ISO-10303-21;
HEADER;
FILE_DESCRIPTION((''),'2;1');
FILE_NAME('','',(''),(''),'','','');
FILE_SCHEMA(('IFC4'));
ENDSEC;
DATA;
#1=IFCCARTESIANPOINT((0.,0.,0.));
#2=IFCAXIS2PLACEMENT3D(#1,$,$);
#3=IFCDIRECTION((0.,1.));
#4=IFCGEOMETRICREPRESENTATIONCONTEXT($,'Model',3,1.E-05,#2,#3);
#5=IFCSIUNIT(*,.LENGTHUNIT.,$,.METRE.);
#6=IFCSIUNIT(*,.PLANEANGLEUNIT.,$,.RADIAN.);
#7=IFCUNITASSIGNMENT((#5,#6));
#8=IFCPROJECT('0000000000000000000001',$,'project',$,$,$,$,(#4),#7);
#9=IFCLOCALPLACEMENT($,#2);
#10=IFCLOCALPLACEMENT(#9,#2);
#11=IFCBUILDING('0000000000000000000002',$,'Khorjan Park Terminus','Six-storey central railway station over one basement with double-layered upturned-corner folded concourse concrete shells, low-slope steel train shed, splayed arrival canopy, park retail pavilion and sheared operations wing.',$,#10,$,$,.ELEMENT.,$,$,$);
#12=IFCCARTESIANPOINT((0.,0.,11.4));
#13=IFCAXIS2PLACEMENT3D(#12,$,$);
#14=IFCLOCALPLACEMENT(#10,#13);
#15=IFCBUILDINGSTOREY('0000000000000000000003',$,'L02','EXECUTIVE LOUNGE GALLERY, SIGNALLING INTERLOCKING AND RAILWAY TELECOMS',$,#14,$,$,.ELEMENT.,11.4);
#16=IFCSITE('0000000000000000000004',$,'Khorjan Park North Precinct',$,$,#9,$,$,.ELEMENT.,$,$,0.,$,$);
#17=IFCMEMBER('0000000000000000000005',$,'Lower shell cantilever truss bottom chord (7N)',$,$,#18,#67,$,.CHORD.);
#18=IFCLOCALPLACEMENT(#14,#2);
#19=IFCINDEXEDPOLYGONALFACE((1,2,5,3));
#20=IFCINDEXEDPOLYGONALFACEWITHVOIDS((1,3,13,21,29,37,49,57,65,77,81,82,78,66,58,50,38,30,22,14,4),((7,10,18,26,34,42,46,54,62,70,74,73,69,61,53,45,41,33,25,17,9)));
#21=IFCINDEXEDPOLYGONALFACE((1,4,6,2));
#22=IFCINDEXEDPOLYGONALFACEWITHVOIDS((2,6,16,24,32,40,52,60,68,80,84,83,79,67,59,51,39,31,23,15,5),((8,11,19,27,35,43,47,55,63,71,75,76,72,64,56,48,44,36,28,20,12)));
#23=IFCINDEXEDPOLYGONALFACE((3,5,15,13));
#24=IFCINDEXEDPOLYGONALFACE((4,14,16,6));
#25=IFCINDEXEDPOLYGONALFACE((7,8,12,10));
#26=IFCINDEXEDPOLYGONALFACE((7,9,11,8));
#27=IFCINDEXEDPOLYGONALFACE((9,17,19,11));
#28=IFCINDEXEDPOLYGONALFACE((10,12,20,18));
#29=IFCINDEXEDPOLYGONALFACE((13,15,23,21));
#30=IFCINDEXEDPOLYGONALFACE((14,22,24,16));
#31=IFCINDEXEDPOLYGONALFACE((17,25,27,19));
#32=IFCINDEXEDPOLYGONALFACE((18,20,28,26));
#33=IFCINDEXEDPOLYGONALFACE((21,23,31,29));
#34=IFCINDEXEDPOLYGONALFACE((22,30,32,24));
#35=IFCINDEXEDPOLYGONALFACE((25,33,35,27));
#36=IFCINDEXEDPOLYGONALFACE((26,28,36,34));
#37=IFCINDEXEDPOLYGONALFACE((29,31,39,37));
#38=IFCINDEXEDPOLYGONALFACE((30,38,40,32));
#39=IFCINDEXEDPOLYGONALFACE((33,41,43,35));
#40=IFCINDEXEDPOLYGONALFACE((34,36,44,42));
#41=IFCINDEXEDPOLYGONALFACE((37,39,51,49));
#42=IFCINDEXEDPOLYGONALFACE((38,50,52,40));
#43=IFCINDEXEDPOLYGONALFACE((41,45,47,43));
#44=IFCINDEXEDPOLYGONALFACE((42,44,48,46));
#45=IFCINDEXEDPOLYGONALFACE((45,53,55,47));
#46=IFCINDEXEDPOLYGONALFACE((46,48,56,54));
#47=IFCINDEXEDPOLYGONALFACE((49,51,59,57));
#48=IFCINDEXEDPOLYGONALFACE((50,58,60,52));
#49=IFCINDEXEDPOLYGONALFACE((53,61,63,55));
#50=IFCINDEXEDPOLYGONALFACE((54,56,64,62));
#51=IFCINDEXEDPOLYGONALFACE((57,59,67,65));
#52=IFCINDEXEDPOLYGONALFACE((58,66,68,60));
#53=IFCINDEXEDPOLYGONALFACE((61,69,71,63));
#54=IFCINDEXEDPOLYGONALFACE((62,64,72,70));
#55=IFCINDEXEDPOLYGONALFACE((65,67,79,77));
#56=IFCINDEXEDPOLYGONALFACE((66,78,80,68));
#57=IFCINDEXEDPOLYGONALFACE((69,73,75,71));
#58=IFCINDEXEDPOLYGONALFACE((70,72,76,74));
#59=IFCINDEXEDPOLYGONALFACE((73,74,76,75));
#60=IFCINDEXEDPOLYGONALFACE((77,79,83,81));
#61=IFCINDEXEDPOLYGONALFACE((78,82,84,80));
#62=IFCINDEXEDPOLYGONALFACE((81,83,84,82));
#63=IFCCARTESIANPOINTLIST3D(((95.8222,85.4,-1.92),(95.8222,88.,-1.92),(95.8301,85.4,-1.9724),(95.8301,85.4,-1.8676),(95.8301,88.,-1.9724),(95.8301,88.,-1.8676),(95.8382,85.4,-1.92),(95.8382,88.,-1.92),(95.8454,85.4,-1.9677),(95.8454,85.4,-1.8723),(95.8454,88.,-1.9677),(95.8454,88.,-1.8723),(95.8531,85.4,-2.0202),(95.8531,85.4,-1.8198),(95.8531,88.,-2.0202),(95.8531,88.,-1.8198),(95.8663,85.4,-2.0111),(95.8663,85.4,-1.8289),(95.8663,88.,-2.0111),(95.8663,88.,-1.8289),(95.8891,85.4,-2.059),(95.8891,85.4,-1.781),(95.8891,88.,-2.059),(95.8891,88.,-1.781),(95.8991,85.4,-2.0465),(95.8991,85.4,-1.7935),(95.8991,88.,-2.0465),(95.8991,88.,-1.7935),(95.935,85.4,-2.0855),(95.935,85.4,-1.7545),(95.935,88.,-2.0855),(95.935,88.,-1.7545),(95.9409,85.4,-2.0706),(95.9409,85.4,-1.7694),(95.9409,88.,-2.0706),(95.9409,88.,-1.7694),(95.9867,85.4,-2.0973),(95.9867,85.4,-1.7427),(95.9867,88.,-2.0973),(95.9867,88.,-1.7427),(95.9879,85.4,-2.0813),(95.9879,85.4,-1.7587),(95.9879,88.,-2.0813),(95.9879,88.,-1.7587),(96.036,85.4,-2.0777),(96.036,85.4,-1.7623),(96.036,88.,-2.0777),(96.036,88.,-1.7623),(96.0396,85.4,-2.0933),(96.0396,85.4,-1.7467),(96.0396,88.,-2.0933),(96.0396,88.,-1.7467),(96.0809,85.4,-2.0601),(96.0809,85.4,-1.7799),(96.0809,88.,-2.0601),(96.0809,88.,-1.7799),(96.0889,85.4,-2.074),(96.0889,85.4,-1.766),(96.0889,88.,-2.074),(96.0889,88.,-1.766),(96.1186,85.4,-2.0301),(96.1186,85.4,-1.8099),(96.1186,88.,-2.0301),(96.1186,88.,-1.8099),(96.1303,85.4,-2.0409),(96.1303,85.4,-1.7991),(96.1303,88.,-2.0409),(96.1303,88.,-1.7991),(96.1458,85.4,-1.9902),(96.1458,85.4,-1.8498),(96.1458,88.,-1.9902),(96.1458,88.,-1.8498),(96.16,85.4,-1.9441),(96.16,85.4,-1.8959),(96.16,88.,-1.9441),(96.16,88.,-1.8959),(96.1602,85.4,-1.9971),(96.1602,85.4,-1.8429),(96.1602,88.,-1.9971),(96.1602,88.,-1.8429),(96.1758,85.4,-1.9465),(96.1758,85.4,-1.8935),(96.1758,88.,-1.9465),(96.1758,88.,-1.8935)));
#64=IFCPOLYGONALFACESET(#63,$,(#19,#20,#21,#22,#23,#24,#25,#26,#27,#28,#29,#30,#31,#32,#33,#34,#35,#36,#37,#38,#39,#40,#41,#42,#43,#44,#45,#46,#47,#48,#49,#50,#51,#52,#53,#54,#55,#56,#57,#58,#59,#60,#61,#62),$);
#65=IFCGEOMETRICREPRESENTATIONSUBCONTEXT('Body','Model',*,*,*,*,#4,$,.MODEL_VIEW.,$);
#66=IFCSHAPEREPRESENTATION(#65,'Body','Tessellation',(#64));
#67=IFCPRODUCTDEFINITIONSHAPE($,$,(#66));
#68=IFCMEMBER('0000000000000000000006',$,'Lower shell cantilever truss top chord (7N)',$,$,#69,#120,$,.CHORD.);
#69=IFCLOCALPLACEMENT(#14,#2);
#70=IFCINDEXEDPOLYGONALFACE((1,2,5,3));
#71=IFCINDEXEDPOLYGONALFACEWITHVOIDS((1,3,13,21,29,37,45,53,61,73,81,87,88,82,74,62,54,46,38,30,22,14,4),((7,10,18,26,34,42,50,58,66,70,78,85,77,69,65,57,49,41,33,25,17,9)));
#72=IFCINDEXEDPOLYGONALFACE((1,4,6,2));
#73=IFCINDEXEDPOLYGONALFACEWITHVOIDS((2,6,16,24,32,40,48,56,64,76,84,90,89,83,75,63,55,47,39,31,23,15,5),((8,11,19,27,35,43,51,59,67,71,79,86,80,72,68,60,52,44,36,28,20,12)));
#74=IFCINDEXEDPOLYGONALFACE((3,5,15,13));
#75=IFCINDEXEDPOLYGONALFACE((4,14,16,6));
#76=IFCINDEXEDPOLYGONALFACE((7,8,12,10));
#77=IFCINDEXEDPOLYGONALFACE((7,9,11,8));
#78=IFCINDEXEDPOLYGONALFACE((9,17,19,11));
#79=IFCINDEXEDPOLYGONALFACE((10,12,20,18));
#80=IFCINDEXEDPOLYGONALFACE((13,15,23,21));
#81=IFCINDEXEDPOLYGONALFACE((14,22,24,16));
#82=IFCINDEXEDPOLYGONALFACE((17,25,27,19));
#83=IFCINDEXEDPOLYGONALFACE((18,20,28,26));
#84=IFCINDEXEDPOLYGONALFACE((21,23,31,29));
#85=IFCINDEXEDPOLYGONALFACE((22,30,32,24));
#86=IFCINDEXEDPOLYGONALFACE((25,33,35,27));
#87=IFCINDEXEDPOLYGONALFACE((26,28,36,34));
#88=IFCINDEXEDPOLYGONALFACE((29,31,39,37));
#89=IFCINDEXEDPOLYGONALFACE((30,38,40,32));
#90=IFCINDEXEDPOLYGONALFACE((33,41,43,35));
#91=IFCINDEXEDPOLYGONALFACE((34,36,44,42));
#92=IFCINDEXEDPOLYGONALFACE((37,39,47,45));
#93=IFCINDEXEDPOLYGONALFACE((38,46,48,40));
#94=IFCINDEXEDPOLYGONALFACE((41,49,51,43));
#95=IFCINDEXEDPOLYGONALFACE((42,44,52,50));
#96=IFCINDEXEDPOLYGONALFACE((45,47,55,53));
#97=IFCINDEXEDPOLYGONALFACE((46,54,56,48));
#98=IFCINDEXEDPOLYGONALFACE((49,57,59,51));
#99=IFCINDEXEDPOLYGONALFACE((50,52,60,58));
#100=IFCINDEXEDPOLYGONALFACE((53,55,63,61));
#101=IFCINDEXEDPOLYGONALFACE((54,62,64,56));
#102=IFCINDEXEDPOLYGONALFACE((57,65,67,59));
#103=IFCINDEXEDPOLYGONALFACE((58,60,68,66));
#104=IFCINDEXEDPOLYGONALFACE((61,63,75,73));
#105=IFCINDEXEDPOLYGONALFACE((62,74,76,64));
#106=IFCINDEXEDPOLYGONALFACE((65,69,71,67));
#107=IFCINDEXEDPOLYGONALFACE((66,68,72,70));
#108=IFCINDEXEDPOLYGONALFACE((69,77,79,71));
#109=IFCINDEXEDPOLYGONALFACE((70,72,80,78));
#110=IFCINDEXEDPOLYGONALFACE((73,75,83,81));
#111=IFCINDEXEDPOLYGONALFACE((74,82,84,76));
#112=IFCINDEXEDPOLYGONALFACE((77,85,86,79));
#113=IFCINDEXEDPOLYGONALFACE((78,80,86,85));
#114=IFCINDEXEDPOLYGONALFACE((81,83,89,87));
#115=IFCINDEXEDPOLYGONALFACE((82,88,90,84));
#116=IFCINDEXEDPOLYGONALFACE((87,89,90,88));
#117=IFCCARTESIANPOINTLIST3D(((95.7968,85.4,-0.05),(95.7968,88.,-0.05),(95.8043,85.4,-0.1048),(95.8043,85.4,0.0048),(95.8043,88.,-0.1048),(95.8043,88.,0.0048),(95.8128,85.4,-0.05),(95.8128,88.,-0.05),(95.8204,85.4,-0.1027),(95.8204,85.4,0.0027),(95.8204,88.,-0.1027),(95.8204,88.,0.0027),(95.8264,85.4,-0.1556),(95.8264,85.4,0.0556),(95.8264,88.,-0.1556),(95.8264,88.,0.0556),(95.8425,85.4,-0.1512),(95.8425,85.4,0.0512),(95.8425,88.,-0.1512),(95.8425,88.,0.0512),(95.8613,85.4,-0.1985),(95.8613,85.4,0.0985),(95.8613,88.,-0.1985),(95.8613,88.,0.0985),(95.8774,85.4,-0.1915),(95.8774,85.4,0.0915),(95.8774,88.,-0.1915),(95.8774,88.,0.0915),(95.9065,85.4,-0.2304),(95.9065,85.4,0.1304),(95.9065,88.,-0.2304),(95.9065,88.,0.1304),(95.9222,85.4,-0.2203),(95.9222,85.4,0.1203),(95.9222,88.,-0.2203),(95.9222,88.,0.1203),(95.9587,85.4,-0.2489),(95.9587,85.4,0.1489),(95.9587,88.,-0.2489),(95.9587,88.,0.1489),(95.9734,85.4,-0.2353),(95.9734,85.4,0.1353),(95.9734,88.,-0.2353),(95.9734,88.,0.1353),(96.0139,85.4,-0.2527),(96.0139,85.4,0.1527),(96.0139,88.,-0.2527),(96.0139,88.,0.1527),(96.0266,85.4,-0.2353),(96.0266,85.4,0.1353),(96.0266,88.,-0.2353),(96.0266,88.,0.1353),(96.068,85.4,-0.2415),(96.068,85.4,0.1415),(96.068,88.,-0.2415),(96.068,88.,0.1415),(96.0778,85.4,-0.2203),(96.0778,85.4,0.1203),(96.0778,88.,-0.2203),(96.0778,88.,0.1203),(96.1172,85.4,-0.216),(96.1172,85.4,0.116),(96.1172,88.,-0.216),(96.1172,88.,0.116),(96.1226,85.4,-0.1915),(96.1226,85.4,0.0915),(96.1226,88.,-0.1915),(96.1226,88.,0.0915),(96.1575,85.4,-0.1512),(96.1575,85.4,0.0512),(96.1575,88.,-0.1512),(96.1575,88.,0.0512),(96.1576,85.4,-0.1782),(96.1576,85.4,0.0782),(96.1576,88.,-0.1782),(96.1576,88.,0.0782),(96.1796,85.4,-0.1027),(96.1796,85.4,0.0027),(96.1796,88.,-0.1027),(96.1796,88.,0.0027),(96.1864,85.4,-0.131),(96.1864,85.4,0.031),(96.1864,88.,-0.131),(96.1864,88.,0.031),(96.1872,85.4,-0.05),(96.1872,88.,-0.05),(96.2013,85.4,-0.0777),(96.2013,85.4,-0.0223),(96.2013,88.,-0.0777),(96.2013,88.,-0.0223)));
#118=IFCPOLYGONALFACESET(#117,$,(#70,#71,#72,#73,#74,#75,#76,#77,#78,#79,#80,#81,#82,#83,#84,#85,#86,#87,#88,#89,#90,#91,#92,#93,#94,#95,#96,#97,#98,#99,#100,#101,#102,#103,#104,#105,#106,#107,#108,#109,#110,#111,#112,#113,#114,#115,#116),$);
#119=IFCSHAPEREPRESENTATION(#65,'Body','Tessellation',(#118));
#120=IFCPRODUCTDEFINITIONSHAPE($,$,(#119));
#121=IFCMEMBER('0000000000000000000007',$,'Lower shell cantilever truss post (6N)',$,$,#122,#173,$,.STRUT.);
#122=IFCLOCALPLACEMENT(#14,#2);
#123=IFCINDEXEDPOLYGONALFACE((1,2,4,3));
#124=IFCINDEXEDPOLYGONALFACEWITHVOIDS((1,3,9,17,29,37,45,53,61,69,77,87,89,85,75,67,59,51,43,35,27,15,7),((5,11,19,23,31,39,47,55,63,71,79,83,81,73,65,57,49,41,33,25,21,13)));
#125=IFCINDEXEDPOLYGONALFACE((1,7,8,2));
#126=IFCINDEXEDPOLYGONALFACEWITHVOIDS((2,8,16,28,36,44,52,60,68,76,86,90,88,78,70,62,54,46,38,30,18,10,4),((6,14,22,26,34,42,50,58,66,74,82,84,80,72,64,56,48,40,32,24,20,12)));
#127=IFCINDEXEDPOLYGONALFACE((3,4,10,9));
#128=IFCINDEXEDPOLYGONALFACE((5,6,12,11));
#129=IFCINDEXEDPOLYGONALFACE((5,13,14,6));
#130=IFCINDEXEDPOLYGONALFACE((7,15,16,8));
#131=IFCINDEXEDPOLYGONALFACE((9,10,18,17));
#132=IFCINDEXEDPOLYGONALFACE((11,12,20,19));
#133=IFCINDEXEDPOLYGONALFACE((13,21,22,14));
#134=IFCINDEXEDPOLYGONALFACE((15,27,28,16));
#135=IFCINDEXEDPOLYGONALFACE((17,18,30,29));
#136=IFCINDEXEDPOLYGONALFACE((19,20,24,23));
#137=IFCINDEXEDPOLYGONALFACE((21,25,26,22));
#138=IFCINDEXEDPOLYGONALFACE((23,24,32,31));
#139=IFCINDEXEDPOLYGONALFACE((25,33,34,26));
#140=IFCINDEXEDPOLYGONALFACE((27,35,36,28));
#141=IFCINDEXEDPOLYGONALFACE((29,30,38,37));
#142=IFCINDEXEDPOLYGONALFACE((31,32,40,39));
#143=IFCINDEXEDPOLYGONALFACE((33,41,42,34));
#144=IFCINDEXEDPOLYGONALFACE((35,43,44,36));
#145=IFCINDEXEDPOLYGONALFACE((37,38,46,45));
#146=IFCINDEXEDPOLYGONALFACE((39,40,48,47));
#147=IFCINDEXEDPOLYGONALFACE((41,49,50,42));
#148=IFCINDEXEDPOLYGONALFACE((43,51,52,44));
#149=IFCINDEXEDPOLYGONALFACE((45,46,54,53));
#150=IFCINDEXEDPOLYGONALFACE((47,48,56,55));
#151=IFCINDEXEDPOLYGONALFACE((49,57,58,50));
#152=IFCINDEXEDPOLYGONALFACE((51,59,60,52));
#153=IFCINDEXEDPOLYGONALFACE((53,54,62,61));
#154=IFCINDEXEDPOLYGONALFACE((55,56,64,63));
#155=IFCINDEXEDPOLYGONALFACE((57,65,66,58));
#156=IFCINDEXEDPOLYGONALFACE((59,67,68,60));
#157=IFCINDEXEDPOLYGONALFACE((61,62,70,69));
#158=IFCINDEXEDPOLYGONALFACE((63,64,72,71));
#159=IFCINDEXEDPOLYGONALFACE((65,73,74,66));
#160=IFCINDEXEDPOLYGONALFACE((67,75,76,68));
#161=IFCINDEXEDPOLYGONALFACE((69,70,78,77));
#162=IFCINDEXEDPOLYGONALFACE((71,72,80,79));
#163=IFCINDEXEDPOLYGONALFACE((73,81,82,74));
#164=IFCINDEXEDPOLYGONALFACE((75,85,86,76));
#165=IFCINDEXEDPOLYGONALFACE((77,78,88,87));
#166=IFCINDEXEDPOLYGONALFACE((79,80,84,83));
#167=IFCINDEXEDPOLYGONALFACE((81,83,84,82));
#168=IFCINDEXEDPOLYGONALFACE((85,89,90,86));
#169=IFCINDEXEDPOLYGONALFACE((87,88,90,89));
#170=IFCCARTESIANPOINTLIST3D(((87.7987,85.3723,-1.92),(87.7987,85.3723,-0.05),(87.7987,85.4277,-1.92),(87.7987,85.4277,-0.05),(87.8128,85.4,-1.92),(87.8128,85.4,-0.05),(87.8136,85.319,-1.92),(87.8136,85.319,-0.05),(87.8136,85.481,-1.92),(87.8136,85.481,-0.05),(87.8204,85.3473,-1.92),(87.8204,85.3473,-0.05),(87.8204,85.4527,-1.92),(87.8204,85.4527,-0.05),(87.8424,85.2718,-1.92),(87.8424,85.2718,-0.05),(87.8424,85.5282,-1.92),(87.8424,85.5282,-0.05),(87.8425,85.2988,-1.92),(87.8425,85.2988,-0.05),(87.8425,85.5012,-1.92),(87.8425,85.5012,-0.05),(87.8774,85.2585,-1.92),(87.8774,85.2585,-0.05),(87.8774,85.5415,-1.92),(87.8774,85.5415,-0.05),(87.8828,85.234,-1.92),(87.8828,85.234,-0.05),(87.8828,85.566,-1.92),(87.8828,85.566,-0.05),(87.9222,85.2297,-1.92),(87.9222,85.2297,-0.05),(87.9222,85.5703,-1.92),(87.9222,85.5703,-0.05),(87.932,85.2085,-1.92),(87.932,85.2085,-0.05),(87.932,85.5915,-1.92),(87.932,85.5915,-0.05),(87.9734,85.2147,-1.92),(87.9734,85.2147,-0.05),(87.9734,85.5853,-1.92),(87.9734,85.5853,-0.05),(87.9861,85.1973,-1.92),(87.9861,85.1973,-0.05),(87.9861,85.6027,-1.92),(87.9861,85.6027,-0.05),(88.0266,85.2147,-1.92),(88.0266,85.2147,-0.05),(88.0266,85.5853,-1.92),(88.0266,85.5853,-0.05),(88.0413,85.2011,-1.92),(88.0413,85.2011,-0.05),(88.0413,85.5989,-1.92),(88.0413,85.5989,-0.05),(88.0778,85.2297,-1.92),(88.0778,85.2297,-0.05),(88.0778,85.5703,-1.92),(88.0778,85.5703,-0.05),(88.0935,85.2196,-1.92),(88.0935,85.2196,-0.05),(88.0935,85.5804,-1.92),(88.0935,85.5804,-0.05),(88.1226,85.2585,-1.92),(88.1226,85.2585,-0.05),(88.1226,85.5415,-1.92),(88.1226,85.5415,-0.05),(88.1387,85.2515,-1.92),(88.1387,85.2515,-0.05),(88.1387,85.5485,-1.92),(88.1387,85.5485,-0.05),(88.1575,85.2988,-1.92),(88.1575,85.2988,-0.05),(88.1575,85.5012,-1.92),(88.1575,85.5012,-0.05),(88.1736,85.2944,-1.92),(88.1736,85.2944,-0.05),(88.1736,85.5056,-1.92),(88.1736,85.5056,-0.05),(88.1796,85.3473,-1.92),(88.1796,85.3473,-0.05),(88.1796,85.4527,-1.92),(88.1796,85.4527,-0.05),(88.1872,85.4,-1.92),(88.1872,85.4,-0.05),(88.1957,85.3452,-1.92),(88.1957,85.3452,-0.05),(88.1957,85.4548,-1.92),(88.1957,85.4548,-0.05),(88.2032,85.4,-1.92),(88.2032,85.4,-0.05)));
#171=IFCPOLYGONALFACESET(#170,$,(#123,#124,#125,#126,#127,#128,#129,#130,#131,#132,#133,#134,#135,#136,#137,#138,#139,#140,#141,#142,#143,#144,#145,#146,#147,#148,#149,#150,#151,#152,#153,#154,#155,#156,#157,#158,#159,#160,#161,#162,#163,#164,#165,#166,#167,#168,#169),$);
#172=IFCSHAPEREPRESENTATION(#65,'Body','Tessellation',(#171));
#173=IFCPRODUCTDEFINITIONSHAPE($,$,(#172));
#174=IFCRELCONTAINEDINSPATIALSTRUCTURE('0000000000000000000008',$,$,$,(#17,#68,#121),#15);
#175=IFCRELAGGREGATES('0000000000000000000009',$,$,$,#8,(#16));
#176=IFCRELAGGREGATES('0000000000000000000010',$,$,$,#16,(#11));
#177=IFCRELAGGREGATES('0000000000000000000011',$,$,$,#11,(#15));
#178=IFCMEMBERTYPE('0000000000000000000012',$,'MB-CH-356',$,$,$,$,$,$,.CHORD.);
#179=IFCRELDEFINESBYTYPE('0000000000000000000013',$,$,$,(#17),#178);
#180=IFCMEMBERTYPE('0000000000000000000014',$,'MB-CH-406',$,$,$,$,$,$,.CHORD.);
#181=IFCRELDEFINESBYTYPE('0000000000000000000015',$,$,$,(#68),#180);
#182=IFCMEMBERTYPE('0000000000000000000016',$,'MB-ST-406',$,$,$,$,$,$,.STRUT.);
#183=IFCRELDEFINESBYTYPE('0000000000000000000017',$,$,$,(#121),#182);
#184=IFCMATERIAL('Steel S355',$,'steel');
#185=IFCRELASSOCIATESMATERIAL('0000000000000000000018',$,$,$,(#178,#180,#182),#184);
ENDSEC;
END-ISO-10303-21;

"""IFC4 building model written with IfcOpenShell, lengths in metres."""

from ifc_helpers import new_model, si_unit, direction, frame, origin, origin_2d, place, context, subcontext, project, spatial, hollow_circle, extrude, material, material_profile, profile_set, type_object, element, save


model = new_model("IFC4")

# Units and contexts
model_context = context("Model", 3, precision=1e-05, world=origin(), true_north=direction((0.0, 1.0)))
body_context = subcontext(model_context, "Body", "Model", "MODEL_VIEW")
ifc_project = project(units=[si_unit("LENGTHUNIT", "METRE"), si_unit("PLANEANGLEUNIT", "RADIAN")], contexts=[model_context])

# Site, building, storey
site_placement = place(None, origin())
site = spatial("IfcSite", under=ifc_project, at=site_placement, Name="Khorjan Park North Precinct", CompositionType="ELEMENT", RefElevation=0.0)
building_placement = place(site_placement, origin())
building = spatial("IfcBuilding", under=site, at=building_placement, Name="Khorjan Park Terminus", Description="Six-storey central railway station over one basement with double-layered upturned-corner folded concourse concrete shells, low-slope steel train shed, splayed arrival canopy, park retail pavilion and sheared operations wing.", CompositionType="ELEMENT")
storey_placement = place(building_placement, frame((0.0, 0.0, 11.4)))
storey = spatial("IfcBuildingStorey", under=building, at=storey_placement, Name="L02", Description="EXECUTIVE LOUNGE GALLERY, SIGNALLING INTERLOCKING AND RAILWAY TELECOMS", CompositionType="ELEMENT", Elevation=11.4)

# Members
ifc_material_1 = material(Name="Steel S355", Category="steel")
ifc_material_profile_1 = material_profile(ifc_material_1, hollow_circle(Radius=0.1778, WallThickness=0.016, at=origin_2d()), Name="CHS 355.6x16")
ifc_profile_set_1 = profile_set([ifc_material_profile_1], Name="Steel S355")
member_type_1 = type_object("IfcMemberType", Name="MB-CH-356", PredefinedType="CHORD", material=ifc_profile_set_1)
for number, where, z_axis, x_axis, name in (
    (1, (96.0, 85.4, -1.92), (0.0, 1.0, 0.0), (-1.0, 0.0, 0.0), "Lower shell cantilever truss bottom chord (7N)"),
):
    element("IfcMember", number, at=place(storey_placement, frame(where, z_axis=z_axis, x_axis=x_axis)), inside=storey, type_object=member_type_1, Name=name, PredefinedType="CHORD", context=body_context, shape_type="SweptSolid", body=[
        extrude(hollow_circle(Radius=0.1778, WallThickness=0.016, at=origin_2d()), origin(), (0.0, 0.0, 1.0), 2.6),
    ])
ifc_material_profile_2 = material_profile(ifc_material_1, hollow_circle(Radius=0.2032, WallThickness=0.016, at=origin_2d()), Name="CHS 406.4x16")
ifc_profile_set_2 = profile_set([ifc_material_profile_2], Name="Steel S355")
member_type_2 = type_object("IfcMemberType", Name="MB-CH-406", PredefinedType="CHORD", material=ifc_profile_set_2)
member_1_placement = place(storey_placement, frame((96.0, 85.4, -0.05), z_axis=(0.0, 1.0, 0.0), x_axis=(-1.0, 0.0, 0.0)))
element("IfcMember", 2, at=member_1_placement, inside=storey, type_object=member_type_2, Name="Lower shell cantilever truss top chord (7N)", PredefinedType="CHORD", context=body_context, shape_type="SweptSolid", body=[
    extrude(hollow_circle(Radius=0.2032, WallThickness=0.016, at=origin_2d()), origin(), (0.0, 0.0, 1.0), 2.6),
])
ifc_material_profile_3 = material_profile(ifc_material_1, hollow_circle(Radius=0.2032, WallThickness=0.016, at=origin_2d()), Name="CHS 406.4x16")
ifc_profile_set_3 = profile_set([ifc_material_profile_3], Name="Steel S355")
member_type_3 = type_object("IfcMemberType", Name="MB-ST-406", PredefinedType="STRUT", material=ifc_profile_set_3)
for number, where, z_axis, x_axis, name in (
    (3, (88.0, 85.4, -1.92), (0.0, 0.0, 1.0), (1.0, 0.0, 0.0), "Lower shell cantilever truss post (6N)"),
):
    element("IfcMember", number, at=place(storey_placement, frame(where, z_axis=z_axis, x_axis=x_axis)), inside=storey, type_object=member_type_3, Name=name, PredefinedType="STRUT", context=body_context, shape_type="SweptSolid", body=[
        extrude(hollow_circle(Radius=0.2032, WallThickness=0.016, at=origin_2d()), origin(), (0.0, 0.0, 1.0), 1.87),
    ])

save(model, "model.ifc")
